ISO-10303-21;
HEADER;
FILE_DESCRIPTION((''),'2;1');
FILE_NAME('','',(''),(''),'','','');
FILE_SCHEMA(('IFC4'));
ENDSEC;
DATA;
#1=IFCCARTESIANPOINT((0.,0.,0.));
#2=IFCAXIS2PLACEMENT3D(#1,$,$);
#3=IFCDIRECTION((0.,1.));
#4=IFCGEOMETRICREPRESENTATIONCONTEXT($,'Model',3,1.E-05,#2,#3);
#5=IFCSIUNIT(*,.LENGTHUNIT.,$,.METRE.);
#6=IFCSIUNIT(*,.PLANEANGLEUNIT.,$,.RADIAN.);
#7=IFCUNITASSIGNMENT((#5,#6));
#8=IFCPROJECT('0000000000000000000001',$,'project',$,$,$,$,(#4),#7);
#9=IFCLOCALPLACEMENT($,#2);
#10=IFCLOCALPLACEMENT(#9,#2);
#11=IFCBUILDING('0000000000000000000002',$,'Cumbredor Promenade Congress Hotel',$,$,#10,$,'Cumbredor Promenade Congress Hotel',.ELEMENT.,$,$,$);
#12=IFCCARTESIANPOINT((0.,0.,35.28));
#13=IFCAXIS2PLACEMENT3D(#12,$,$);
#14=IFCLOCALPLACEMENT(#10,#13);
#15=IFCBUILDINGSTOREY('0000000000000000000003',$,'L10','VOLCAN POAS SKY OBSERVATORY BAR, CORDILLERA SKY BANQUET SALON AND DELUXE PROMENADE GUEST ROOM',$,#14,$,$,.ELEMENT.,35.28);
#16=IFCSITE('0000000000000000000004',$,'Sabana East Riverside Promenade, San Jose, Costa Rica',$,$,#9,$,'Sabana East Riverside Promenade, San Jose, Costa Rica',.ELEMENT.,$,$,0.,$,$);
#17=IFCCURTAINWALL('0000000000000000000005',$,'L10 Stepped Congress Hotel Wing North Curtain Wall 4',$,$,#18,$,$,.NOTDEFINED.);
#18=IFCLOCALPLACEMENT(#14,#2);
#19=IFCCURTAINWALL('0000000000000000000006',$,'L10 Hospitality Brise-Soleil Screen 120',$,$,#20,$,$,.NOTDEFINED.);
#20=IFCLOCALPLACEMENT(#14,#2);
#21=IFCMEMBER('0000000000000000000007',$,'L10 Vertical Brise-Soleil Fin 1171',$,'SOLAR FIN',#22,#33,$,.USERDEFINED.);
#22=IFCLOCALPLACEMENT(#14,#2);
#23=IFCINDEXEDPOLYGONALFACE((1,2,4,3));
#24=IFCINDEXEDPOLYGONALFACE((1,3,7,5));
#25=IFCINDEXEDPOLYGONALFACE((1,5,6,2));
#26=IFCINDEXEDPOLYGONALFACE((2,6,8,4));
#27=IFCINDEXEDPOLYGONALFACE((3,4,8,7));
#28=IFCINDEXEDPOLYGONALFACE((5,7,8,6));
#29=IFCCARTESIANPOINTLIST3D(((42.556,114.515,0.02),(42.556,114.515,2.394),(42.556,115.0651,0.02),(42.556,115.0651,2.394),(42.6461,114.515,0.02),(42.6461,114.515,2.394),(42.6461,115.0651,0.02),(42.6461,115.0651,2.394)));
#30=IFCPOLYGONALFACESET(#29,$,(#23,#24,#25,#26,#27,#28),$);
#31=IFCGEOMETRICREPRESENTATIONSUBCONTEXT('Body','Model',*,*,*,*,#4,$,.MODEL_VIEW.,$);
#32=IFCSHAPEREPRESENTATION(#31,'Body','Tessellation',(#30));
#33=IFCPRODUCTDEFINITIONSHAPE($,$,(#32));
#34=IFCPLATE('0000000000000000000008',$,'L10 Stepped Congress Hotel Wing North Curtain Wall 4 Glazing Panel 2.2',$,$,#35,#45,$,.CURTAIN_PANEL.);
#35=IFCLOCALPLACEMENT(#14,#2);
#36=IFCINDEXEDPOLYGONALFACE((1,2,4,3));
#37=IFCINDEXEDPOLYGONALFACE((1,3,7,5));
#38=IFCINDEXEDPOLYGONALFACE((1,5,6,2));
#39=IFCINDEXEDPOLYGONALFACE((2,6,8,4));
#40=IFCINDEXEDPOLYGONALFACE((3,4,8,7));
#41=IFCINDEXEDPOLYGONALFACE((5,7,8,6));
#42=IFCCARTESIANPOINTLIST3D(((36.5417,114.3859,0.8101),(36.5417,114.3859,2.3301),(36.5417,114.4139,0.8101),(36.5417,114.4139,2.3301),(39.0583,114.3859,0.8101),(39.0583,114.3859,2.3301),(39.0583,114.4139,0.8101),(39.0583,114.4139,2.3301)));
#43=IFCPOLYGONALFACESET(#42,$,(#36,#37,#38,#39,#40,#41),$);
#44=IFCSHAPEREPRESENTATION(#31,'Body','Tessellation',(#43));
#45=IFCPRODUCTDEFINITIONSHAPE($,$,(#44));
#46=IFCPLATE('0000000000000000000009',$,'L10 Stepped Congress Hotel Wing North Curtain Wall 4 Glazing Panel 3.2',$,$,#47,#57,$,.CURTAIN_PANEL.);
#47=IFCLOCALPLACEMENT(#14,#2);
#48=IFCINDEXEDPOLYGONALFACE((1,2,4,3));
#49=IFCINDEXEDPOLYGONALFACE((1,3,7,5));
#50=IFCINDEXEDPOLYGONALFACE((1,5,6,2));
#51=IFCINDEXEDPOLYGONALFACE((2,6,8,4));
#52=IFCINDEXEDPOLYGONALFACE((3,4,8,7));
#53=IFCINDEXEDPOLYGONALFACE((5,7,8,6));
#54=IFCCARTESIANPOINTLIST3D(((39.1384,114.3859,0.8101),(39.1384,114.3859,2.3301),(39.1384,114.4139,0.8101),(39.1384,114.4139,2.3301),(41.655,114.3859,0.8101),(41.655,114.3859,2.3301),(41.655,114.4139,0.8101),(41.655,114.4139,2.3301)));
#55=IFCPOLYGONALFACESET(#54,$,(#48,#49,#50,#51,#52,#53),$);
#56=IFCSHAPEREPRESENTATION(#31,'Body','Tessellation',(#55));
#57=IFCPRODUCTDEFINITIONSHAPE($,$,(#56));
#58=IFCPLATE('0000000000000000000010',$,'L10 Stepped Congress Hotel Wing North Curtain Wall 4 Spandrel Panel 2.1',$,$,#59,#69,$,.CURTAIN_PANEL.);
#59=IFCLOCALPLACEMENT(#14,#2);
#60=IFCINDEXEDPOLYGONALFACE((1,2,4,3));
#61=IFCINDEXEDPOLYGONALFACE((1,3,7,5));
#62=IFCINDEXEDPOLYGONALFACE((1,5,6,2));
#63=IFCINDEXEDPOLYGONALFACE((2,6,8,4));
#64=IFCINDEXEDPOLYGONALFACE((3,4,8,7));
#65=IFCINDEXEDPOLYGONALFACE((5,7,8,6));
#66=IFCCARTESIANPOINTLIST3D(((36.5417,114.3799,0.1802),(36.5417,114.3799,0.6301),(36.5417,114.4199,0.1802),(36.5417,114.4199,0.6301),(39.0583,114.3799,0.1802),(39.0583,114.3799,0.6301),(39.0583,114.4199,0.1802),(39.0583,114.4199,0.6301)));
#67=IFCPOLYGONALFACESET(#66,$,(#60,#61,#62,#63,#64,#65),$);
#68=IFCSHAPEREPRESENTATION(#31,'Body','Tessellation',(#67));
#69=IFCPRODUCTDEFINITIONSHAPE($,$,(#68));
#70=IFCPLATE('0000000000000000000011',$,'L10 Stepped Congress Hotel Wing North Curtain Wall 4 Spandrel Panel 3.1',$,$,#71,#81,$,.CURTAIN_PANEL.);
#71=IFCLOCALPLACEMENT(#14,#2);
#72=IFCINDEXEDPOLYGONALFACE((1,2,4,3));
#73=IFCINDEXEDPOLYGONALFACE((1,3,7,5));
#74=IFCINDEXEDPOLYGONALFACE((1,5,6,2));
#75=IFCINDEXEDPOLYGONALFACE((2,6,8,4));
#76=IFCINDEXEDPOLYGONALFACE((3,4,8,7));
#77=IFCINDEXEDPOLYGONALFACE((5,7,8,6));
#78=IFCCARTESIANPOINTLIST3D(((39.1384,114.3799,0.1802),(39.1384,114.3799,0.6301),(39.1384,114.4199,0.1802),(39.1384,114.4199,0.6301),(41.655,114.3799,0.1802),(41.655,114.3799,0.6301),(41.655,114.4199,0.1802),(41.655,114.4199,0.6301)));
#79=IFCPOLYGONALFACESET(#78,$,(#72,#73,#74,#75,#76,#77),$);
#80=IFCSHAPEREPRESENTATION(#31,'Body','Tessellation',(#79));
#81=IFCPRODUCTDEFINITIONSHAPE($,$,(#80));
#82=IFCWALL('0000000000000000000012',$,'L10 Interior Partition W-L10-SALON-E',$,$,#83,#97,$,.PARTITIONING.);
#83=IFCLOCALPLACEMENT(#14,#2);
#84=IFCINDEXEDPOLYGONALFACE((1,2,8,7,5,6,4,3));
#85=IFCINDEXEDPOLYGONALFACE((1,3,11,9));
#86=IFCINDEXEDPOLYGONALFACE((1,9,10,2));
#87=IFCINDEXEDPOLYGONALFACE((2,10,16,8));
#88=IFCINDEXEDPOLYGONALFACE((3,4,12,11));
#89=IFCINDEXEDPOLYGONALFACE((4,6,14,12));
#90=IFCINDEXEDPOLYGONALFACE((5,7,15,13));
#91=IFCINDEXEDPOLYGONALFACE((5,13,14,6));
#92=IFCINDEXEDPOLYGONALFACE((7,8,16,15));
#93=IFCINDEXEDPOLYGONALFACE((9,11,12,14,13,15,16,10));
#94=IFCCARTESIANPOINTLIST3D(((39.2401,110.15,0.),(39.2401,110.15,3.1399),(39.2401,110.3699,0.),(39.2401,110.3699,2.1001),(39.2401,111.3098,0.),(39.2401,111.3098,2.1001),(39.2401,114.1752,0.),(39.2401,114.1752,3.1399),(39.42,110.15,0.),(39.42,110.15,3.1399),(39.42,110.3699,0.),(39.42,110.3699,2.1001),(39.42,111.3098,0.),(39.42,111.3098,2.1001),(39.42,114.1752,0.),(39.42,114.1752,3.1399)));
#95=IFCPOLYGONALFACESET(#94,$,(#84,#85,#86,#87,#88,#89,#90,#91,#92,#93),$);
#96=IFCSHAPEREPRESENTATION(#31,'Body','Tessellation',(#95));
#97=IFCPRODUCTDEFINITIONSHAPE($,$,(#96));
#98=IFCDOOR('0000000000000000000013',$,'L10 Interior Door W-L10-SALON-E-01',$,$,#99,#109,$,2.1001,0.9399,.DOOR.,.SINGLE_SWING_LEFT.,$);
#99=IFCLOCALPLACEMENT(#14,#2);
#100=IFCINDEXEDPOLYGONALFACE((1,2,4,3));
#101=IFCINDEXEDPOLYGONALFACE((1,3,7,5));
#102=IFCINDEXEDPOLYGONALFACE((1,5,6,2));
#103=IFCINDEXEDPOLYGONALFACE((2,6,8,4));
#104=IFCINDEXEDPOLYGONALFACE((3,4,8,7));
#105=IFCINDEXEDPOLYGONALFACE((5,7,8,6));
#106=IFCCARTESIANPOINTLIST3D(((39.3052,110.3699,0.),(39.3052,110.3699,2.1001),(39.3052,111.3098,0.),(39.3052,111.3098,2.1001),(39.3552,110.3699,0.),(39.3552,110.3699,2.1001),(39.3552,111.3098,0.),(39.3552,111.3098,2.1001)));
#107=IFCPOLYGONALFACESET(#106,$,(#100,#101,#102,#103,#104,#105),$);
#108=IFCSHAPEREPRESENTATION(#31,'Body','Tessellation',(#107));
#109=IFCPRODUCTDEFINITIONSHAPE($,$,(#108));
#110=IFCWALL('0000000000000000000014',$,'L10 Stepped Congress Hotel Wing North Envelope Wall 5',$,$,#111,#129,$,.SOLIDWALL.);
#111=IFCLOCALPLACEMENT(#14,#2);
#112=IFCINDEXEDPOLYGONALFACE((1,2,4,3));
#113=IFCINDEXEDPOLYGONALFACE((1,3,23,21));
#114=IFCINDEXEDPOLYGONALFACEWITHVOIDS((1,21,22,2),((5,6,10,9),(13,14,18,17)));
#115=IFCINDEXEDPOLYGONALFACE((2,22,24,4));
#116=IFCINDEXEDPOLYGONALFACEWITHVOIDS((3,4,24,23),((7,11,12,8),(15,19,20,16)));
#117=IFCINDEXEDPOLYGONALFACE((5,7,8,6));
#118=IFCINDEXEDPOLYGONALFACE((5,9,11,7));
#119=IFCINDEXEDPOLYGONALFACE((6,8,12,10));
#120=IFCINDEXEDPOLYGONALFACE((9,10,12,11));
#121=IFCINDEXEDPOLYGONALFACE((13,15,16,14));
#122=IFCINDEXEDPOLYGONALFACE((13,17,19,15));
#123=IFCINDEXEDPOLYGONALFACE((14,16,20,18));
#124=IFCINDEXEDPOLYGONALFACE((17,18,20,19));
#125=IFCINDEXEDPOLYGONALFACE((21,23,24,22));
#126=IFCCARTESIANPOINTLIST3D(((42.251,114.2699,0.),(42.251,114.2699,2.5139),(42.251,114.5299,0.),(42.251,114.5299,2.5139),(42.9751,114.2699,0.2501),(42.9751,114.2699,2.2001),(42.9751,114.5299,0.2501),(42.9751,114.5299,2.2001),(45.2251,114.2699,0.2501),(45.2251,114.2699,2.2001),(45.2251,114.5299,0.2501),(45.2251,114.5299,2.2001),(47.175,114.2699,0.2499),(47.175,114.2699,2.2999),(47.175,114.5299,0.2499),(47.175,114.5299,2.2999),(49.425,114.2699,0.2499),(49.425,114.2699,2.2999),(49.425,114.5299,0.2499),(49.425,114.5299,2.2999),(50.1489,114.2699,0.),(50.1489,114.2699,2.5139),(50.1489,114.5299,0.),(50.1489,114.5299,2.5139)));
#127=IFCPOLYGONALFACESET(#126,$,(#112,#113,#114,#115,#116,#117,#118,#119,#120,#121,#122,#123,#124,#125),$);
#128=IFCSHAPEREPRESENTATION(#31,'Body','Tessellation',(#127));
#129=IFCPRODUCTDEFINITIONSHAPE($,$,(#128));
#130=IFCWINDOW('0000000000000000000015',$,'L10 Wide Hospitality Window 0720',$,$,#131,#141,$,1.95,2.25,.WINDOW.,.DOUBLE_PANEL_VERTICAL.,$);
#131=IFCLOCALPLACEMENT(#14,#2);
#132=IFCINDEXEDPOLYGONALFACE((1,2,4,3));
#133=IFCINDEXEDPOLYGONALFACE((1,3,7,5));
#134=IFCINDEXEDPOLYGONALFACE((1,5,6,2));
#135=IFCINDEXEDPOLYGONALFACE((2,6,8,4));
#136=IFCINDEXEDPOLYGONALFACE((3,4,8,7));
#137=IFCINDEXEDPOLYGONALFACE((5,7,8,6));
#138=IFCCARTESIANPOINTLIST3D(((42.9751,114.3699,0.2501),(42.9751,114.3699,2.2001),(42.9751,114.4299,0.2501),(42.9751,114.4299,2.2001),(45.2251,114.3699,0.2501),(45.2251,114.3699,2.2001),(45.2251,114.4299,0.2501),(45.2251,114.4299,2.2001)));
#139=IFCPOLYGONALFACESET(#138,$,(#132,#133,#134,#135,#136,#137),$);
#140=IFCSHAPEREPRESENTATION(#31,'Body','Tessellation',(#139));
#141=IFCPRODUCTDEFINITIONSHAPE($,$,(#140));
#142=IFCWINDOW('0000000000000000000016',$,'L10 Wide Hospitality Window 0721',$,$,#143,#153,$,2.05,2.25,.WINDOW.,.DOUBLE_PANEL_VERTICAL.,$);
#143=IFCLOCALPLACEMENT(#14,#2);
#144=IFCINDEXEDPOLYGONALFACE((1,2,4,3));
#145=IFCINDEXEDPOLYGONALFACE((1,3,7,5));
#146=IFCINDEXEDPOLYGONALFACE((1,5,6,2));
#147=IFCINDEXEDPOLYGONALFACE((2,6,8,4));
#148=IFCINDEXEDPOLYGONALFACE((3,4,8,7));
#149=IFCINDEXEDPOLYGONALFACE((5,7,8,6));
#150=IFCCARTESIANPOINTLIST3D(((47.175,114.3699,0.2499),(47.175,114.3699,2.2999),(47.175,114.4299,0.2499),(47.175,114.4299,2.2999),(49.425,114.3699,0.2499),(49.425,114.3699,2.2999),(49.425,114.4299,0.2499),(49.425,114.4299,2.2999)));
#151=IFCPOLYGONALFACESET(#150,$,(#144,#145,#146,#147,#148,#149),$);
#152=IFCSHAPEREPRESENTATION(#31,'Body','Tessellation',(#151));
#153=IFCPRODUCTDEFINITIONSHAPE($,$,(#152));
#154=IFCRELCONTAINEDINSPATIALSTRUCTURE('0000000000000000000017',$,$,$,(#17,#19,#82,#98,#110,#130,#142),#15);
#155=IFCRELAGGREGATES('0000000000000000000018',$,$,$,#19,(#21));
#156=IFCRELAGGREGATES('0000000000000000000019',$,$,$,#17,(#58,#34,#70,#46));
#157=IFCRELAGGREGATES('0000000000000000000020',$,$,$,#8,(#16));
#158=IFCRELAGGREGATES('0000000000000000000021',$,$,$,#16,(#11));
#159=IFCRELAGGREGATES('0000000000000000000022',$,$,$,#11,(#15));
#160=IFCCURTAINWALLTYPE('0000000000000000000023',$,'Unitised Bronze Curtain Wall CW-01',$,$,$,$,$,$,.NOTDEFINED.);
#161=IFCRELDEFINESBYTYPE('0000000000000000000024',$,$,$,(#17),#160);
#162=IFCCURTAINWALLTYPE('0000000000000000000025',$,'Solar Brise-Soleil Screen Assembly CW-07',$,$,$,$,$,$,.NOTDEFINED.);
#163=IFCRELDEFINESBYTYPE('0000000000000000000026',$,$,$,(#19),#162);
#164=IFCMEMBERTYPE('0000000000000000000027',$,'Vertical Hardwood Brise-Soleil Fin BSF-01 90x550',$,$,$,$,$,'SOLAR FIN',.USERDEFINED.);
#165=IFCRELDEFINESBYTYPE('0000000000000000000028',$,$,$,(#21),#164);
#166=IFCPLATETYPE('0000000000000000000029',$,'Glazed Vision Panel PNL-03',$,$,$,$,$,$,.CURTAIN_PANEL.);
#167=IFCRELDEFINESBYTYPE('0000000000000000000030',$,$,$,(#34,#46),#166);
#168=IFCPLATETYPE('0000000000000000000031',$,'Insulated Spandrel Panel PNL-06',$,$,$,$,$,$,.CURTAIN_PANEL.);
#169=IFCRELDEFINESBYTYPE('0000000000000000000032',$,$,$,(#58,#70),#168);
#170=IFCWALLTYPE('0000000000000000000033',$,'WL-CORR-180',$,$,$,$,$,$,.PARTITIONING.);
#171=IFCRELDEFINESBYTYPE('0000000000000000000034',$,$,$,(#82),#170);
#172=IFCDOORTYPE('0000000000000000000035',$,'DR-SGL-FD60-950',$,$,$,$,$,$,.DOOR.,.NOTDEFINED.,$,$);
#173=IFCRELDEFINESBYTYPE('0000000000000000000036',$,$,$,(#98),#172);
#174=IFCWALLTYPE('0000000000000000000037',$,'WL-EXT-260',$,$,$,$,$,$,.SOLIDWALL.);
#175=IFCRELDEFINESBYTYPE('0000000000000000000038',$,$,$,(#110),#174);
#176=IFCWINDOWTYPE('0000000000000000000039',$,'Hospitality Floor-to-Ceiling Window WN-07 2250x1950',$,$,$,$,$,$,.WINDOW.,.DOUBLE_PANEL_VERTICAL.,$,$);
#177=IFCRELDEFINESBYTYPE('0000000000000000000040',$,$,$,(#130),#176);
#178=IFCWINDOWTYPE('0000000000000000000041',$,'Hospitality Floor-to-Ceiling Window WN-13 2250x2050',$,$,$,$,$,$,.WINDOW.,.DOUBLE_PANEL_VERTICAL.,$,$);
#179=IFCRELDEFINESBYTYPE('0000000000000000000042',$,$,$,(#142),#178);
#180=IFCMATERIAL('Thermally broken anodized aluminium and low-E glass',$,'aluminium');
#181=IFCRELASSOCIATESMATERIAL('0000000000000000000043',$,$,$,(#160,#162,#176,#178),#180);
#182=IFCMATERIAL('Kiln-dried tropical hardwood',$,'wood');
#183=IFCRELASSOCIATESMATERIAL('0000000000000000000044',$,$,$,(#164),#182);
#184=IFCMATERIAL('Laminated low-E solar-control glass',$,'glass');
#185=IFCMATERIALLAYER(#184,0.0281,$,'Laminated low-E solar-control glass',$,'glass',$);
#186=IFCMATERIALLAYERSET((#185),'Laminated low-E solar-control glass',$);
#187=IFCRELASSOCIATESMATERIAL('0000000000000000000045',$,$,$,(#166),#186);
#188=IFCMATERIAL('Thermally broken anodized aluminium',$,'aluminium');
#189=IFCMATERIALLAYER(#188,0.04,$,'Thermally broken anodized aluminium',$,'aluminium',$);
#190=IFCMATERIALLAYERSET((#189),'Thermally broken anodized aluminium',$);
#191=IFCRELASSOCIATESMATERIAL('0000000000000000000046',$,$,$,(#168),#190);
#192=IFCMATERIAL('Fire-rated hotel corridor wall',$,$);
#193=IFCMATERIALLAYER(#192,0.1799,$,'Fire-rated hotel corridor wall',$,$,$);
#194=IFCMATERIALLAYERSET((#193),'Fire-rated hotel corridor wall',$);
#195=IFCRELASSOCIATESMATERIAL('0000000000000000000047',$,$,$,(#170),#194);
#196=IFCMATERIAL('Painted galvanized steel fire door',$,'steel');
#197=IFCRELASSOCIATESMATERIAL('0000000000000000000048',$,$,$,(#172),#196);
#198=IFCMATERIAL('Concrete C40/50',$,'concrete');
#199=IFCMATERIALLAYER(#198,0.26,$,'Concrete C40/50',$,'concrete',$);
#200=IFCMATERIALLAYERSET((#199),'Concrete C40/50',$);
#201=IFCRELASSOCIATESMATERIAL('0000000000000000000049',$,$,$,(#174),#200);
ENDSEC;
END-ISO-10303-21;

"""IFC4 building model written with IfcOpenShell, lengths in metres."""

from ifc_helpers import new_model, si_unit, direction, frame, frame_2d, origin, origin_2d, place, context, subcontext, project, spatial, rectangle, extrude, material, layer, layer_set, material_profile, profile_set, type_object, element, fill, aggregate, save


model = new_model("IFC4")

# Units and contexts
model_context = context("Model", 3, precision=1e-05, world=origin(), true_north=direction((0.0, 1.0)))
body_context = subcontext(model_context, "Body", "Model", "MODEL_VIEW")
ifc_project = project(units=[si_unit("LENGTHUNIT", "METRE"), si_unit("PLANEANGLEUNIT", "RADIAN")], contexts=[model_context])

# Site, building, storey
site_placement = place(None, origin())
site = spatial("IfcSite", under=ifc_project, at=site_placement, Name="Sabana East Riverside Promenade, San Jose, Costa Rica", LongName="Sabana East Riverside Promenade, San Jose, Costa Rica", CompositionType="ELEMENT", RefElevation=0.0)
building_placement = place(site_placement, origin())
building = spatial("IfcBuilding", under=site, at=building_placement, Name="Cumbredor Promenade Congress Hotel", LongName="Cumbredor Promenade Congress Hotel", CompositionType="ELEMENT")
storey_placement = place(building_placement, frame((0.0, 0.0, 35.28)))
storey = spatial("IfcBuildingStorey", under=building, at=storey_placement, Name="L10", Description="VOLCAN POAS SKY OBSERVATORY BAR, CORDILLERA SKY BANQUET SALON AND DELUXE PROMENADE GUEST ROOM", CompositionType="ELEMENT", Elevation=35.28)

# Shared definitions
ifc_material_1 = material(Name="Concrete C40/50", Category="concrete")

# Curtain wall
ifc_material_2 = material(Name="Thermally broken anodized aluminium and low-E glass", Category="aluminium")
curtain_wall_type_1 = type_object("IfcCurtainWallType", Name="Unitised Bronze Curtain Wall CW-01", PredefinedType="NOTDEFINED", material=ifc_material_2)
curtain_wall_1_placement = place(storey_placement, origin())
curtain_wall_1 = element("IfcCurtainWall", 1, at=curtain_wall_1_placement, inside=storey, type_object=curtain_wall_type_1, Name="L10 Stepped Congress Hotel Wing North Curtain Wall 4", PredefinedType="NOTDEFINED")
ifc_material_3 = material(Name="Thermally broken anodized aluminium", Category="aluminium")

# Curtain wall
curtain_wall_type_2 = type_object("IfcCurtainWallType", Name="Solar Brise-Soleil Screen Assembly CW-07", PredefinedType="NOTDEFINED", material=ifc_material_2)
curtain_wall_2_placement = place(storey_placement, origin())
curtain_wall_2 = element("IfcCurtainWall", 2, at=curtain_wall_2_placement, inside=storey, type_object=curtain_wall_type_2, Name="L10 Hospitality Brise-Soleil Screen 120", PredefinedType="NOTDEFINED")

# Member
ifc_material_4 = material(Name="Kiln-dried tropical hardwood", Category="wood")
ifc_material_profile_1 = material_profile(ifc_material_4, rectangle(XDim=0.0901, YDim=0.55, at=origin_2d()), Name="ARCH FIN 90x550")
ifc_profile_set_1 = profile_set([ifc_material_profile_1], Name="Kiln-dried tropical hardwood")
member_type_1 = type_object("IfcMemberType", Name="Vertical Hardwood Brise-Soleil Fin BSF-01 90x550", ElementType="SOLAR FIN", PredefinedType="USERDEFINED", material=ifc_profile_set_1)
member_1_placement = place(storey_placement, frame((42.6011, 114.79, 0.02), z_axis=(0.0, 0.0, 1.0), x_axis=(1.0, 0.0, 0.0)))
member_1 = element("IfcMember", 3, at=member_1_placement, type_object=member_type_1, Name="L10 Vertical Brise-Soleil Fin 1171", ObjectType="SOLAR FIN", PredefinedType="USERDEFINED", context=body_context, shape_type="SweptSolid", body=[
    extrude(rectangle(XDim=0.0901, YDim=0.55, at=origin_2d()), origin(), (0.0, 0.0, 1.0), 2.374),
])
aggregate(curtain_wall_2, [member_1])

# Plates
ifc_material_5 = material(Name="Laminated low-E solar-control glass", Category="glass")
ifc_layer_1 = layer(ifc_material_5, 0.0281, Name="Laminated low-E solar-control glass", Category="glass")
ifc_layer_set_1 = layer_set([ifc_layer_1], Name="Laminated low-E solar-control glass")
plate_type_1 = type_object("IfcPlateType", Name="Glazed Vision Panel PNL-03", PredefinedType="CURTAIN_PANEL", material=ifc_layer_set_1)
plate_1_placement = place(storey_placement, frame((37.8, 114.3999, 0.8101), z_axis=(0.0, 0.0, 1.0), x_axis=(1.0, 0.0, 0.0)))
plate_1 = element("IfcPlate", 4, at=plate_1_placement, type_object=plate_type_1, Name="L10 Stepped Congress Hotel Wing North Curtain Wall 4 Glazing Panel 2.2", PredefinedType="CURTAIN_PANEL", context=body_context, shape_type="SweptSolid", body=[
    extrude(rectangle(XDim=2.5166, YDim=0.0281, at=origin_2d()), origin(), (0.0, 0.0, 1.0), 1.52),
])
plate_2_placement = place(storey_placement, frame((40.3967, 114.3999, 0.8101), z_axis=(0.0, 0.0, 1.0), x_axis=(1.0, 0.0, 0.0)))
plate_2 = element("IfcPlate", 5, at=plate_2_placement, type_object=plate_type_1, Name="L10 Stepped Congress Hotel Wing North Curtain Wall 4 Glazing Panel 3.2", PredefinedType="CURTAIN_PANEL", context=body_context, shape_type="SweptSolid", body=[
    extrude(rectangle(XDim=2.5166, YDim=0.0281, at=origin_2d()), origin(), (0.0, 0.0, 1.0), 1.52),
])
ifc_layer_2 = layer(ifc_material_3, 0.04, Name="Thermally broken anodized aluminium", Category="aluminium")
ifc_layer_set_2 = layer_set([ifc_layer_2], Name="Thermally broken anodized aluminium")
plate_type_2 = type_object("IfcPlateType", Name="Insulated Spandrel Panel PNL-06", PredefinedType="CURTAIN_PANEL", material=ifc_layer_set_2)
plate_3_placement = place(storey_placement, frame((37.8, 114.3999, 0.1802), z_axis=(0.0, 0.0, 1.0), x_axis=(1.0, 0.0, 0.0)))
plate_3 = element("IfcPlate", 6, at=plate_3_placement, type_object=plate_type_2, Name="L10 Stepped Congress Hotel Wing North Curtain Wall 4 Spandrel Panel 2.1", PredefinedType="CURTAIN_PANEL", context=body_context, shape_type="SweptSolid", body=[
    extrude(rectangle(XDim=2.5166, YDim=0.04, at=origin_2d()), origin(), (0.0, 0.0, 1.0), 0.45),
])
plate_4_placement = place(storey_placement, frame((40.3967, 114.3999, 0.1802), z_axis=(0.0, 0.0, 1.0), x_axis=(1.0, 0.0, 0.0)))
plate_4 = element("IfcPlate", 7, at=plate_4_placement, type_object=plate_type_2, Name="L10 Stepped Congress Hotel Wing North Curtain Wall 4 Spandrel Panel 3.1", PredefinedType="CURTAIN_PANEL", context=body_context, shape_type="SweptSolid", body=[
    extrude(rectangle(XDim=2.5166, YDim=0.04, at=origin_2d()), origin(), (0.0, 0.0, 1.0), 0.45),
])
aggregate(curtain_wall_1, [plate_3, plate_1, plate_4, plate_2])

# Wall, opening, door
ifc_material_6 = material(Name="Fire-rated hotel corridor wall")
ifc_layer_3 = layer(ifc_material_6, 0.1799, Name="Fire-rated hotel corridor wall")
ifc_layer_set_3 = layer_set([ifc_layer_3], Name="Fire-rated hotel corridor wall")
wall_type_1 = type_object("IfcWallType", Name="WL-CORR-180", PredefinedType="PARTITIONING", material=ifc_layer_set_3)
wall_1_placement = place(storey_placement, frame((39.3301, 110.1499, 0.0), z_axis=(0.0, 0.0, 1.0), x_axis=(0.0, 1.0, 0.0)))
wall_1 = element("IfcWall", 8, at=wall_1_placement, inside=storey, type_object=wall_type_1, Name="L10 Interior Partition W-L10-SALON-E", PredefinedType="PARTITIONING", context=body_context, shape_type="SweptSolid", body=[
    extrude(rectangle(XDim=4.0251, YDim=0.1799, at=frame_2d((2.0127, 0.0))), origin(), (0.0, 0.0, 1.0), 3.1399),
])
opening_1_placement = place(wall_1_placement, frame((0.22, 0.0, 0.0)))
opening_1 = element("IfcOpeningElement", 9, at=opening_1_placement, cuts=wall_1, PredefinedType="OPENING", context=body_context, shape_type="SweptSolid", body=[
    extrude(rectangle(XDim=0.9399, YDim=2.1001, at=frame_2d((0.47, 1.05))), frame((0.0, 0.1001, 0.0), z_axis=(0.0, -1.0, 0.0), x_axis=(1.0, 0.0, 0.0)), (0.0, 0.0, 1.0), 0.2),
])
ifc_material_7 = material(Name="Painted galvanized steel fire door", Category="steel")
door_type = type_object("IfcDoorType", Name="DR-SGL-FD60-950", OperationType="NOTDEFINED", PredefinedType="DOOR", material=ifc_material_7)
door_1_placement = place(opening_1_placement, origin())
door_1 = element("IfcDoor", 10, at=door_1_placement, inside=storey, type_object=door_type, Name="L10 Interior Door W-L10-SALON-E-01", OperationType="SINGLE_SWING_LEFT", OverallHeight=2.1001, OverallWidth=0.9399, PredefinedType="DOOR", context=body_context, shape_type="SweptSolid", body=[
    extrude(rectangle(XDim=0.9399, YDim=2.1001, at=frame_2d((0.47, 1.05))), frame((0.0, 0.0249, 0.0), z_axis=(0.0, -1.0, 0.0), x_axis=(1.0, 0.0, 0.0)), (0.0, 0.0, 1.0), 0.05),
])
fill(opening_1, door_1)

# Wall, openings, windows
ifc_layer_4 = layer(ifc_material_1, 0.26, Name="Concrete C40/50", Category="concrete")
ifc_layer_set_4 = layer_set([ifc_layer_4], Name="Concrete C40/50")
wall_type_2 = type_object("IfcWallType", Name="WL-EXT-260", PredefinedType="SOLIDWALL", material=ifc_layer_set_4)
wall_2_placement = place(storey_placement, frame((42.251, 114.3999, 0.0), z_axis=(0.0, 0.0, 1.0), x_axis=(1.0, 0.0, 0.0)))
wall_2 = element("IfcWall", 11, at=wall_2_placement, inside=storey, type_object=wall_type_2, Name="L10 Stepped Congress Hotel Wing North Envelope Wall 5", PredefinedType="SOLIDWALL", context=body_context, shape_type="SweptSolid", body=[
    extrude(rectangle(XDim=7.8979, YDim=0.26, at=frame_2d((3.949, 0.0))), origin(), (0.0, 0.0, 1.0), 2.5139),
])
opening_2_placement = place(wall_2_placement, frame((0.7241, 0.0, 0.25)))
opening_2 = element("IfcOpeningElement", 12, at=opening_2_placement, cuts=wall_2, PredefinedType="OPENING", context=body_context, shape_type="SweptSolid", body=[
    extrude(rectangle(XDim=2.25, YDim=1.95, at=frame_2d((1.125, 0.9751))), frame((0.0, 0.1401, 0.0), z_axis=(0.0, -1.0, 0.0), x_axis=(1.0, 0.0, 0.0)), (0.0, 0.0, 1.0), 0.28),
])
opening_3_placement = place(wall_2_placement, frame((4.9241, 0.0, 0.25)))
opening_3 = element("IfcOpeningElement", 13, at=opening_3_placement, cuts=wall_2, PredefinedType="OPENING", context=body_context, shape_type="SweptSolid", body=[
    extrude(rectangle(XDim=2.25, YDim=2.05, at=frame_2d((1.125, 1.0249))), frame((0.0, 0.1401, 0.0), z_axis=(0.0, -1.0, 0.0), x_axis=(1.0, 0.0, 0.0)), (0.0, 0.0, 1.0), 0.28),
])
window_type_1 = type_object("IfcWindowType", Name="Hospitality Floor-to-Ceiling Window WN-07 2250x1950", PartitioningType="DOUBLE_PANEL_VERTICAL", PredefinedType="WINDOW", material=ifc_material_2)
window_1_placement = place(opening_2_placement, origin())
window_1 = element("IfcWindow", 14, at=window_1_placement, inside=storey, type_object=window_type_1, Name="L10 Wide Hospitality Window 0720", OverallHeight=1.95, OverallWidth=2.25, PartitioningType="DOUBLE_PANEL_VERTICAL", PredefinedType="WINDOW", context=body_context, shape_type="SweptSolid", body=[
    extrude(rectangle(XDim=2.25, YDim=1.95, at=frame_2d((1.125, 0.9751))), frame((0.0, 0.03, 0.0), z_axis=(0.0, -1.0, 0.0), x_axis=(1.0, 0.0, 0.0)), (0.0, 0.0, 1.0), 0.0601),
])
fill(opening_2, window_1)
window_type_2 = type_object("IfcWindowType", Name="Hospitality Floor-to-Ceiling Window WN-13 2250x2050", PartitioningType="DOUBLE_PANEL_VERTICAL", PredefinedType="WINDOW", material=ifc_material_2)
window_2_placement = place(opening_3_placement, origin())
window_2 = element("IfcWindow", 15, at=window_2_placement, inside=storey, type_object=window_type_2, Name="L10 Wide Hospitality Window 0721", OverallHeight=2.05, OverallWidth=2.25, PartitioningType="DOUBLE_PANEL_VERTICAL", PredefinedType="WINDOW", context=body_context, shape_type="SweptSolid", body=[
    extrude(rectangle(XDim=2.25, YDim=2.05, at=frame_2d((1.125, 1.0249))), frame((0.0, 0.03, 0.0), z_axis=(0.0, -1.0, 0.0), x_axis=(1.0, 0.0, 0.0)), (0.0, 0.0, 1.0), 0.0601),
])
fill(opening_3, window_2)

save(model, "model.ifc")
